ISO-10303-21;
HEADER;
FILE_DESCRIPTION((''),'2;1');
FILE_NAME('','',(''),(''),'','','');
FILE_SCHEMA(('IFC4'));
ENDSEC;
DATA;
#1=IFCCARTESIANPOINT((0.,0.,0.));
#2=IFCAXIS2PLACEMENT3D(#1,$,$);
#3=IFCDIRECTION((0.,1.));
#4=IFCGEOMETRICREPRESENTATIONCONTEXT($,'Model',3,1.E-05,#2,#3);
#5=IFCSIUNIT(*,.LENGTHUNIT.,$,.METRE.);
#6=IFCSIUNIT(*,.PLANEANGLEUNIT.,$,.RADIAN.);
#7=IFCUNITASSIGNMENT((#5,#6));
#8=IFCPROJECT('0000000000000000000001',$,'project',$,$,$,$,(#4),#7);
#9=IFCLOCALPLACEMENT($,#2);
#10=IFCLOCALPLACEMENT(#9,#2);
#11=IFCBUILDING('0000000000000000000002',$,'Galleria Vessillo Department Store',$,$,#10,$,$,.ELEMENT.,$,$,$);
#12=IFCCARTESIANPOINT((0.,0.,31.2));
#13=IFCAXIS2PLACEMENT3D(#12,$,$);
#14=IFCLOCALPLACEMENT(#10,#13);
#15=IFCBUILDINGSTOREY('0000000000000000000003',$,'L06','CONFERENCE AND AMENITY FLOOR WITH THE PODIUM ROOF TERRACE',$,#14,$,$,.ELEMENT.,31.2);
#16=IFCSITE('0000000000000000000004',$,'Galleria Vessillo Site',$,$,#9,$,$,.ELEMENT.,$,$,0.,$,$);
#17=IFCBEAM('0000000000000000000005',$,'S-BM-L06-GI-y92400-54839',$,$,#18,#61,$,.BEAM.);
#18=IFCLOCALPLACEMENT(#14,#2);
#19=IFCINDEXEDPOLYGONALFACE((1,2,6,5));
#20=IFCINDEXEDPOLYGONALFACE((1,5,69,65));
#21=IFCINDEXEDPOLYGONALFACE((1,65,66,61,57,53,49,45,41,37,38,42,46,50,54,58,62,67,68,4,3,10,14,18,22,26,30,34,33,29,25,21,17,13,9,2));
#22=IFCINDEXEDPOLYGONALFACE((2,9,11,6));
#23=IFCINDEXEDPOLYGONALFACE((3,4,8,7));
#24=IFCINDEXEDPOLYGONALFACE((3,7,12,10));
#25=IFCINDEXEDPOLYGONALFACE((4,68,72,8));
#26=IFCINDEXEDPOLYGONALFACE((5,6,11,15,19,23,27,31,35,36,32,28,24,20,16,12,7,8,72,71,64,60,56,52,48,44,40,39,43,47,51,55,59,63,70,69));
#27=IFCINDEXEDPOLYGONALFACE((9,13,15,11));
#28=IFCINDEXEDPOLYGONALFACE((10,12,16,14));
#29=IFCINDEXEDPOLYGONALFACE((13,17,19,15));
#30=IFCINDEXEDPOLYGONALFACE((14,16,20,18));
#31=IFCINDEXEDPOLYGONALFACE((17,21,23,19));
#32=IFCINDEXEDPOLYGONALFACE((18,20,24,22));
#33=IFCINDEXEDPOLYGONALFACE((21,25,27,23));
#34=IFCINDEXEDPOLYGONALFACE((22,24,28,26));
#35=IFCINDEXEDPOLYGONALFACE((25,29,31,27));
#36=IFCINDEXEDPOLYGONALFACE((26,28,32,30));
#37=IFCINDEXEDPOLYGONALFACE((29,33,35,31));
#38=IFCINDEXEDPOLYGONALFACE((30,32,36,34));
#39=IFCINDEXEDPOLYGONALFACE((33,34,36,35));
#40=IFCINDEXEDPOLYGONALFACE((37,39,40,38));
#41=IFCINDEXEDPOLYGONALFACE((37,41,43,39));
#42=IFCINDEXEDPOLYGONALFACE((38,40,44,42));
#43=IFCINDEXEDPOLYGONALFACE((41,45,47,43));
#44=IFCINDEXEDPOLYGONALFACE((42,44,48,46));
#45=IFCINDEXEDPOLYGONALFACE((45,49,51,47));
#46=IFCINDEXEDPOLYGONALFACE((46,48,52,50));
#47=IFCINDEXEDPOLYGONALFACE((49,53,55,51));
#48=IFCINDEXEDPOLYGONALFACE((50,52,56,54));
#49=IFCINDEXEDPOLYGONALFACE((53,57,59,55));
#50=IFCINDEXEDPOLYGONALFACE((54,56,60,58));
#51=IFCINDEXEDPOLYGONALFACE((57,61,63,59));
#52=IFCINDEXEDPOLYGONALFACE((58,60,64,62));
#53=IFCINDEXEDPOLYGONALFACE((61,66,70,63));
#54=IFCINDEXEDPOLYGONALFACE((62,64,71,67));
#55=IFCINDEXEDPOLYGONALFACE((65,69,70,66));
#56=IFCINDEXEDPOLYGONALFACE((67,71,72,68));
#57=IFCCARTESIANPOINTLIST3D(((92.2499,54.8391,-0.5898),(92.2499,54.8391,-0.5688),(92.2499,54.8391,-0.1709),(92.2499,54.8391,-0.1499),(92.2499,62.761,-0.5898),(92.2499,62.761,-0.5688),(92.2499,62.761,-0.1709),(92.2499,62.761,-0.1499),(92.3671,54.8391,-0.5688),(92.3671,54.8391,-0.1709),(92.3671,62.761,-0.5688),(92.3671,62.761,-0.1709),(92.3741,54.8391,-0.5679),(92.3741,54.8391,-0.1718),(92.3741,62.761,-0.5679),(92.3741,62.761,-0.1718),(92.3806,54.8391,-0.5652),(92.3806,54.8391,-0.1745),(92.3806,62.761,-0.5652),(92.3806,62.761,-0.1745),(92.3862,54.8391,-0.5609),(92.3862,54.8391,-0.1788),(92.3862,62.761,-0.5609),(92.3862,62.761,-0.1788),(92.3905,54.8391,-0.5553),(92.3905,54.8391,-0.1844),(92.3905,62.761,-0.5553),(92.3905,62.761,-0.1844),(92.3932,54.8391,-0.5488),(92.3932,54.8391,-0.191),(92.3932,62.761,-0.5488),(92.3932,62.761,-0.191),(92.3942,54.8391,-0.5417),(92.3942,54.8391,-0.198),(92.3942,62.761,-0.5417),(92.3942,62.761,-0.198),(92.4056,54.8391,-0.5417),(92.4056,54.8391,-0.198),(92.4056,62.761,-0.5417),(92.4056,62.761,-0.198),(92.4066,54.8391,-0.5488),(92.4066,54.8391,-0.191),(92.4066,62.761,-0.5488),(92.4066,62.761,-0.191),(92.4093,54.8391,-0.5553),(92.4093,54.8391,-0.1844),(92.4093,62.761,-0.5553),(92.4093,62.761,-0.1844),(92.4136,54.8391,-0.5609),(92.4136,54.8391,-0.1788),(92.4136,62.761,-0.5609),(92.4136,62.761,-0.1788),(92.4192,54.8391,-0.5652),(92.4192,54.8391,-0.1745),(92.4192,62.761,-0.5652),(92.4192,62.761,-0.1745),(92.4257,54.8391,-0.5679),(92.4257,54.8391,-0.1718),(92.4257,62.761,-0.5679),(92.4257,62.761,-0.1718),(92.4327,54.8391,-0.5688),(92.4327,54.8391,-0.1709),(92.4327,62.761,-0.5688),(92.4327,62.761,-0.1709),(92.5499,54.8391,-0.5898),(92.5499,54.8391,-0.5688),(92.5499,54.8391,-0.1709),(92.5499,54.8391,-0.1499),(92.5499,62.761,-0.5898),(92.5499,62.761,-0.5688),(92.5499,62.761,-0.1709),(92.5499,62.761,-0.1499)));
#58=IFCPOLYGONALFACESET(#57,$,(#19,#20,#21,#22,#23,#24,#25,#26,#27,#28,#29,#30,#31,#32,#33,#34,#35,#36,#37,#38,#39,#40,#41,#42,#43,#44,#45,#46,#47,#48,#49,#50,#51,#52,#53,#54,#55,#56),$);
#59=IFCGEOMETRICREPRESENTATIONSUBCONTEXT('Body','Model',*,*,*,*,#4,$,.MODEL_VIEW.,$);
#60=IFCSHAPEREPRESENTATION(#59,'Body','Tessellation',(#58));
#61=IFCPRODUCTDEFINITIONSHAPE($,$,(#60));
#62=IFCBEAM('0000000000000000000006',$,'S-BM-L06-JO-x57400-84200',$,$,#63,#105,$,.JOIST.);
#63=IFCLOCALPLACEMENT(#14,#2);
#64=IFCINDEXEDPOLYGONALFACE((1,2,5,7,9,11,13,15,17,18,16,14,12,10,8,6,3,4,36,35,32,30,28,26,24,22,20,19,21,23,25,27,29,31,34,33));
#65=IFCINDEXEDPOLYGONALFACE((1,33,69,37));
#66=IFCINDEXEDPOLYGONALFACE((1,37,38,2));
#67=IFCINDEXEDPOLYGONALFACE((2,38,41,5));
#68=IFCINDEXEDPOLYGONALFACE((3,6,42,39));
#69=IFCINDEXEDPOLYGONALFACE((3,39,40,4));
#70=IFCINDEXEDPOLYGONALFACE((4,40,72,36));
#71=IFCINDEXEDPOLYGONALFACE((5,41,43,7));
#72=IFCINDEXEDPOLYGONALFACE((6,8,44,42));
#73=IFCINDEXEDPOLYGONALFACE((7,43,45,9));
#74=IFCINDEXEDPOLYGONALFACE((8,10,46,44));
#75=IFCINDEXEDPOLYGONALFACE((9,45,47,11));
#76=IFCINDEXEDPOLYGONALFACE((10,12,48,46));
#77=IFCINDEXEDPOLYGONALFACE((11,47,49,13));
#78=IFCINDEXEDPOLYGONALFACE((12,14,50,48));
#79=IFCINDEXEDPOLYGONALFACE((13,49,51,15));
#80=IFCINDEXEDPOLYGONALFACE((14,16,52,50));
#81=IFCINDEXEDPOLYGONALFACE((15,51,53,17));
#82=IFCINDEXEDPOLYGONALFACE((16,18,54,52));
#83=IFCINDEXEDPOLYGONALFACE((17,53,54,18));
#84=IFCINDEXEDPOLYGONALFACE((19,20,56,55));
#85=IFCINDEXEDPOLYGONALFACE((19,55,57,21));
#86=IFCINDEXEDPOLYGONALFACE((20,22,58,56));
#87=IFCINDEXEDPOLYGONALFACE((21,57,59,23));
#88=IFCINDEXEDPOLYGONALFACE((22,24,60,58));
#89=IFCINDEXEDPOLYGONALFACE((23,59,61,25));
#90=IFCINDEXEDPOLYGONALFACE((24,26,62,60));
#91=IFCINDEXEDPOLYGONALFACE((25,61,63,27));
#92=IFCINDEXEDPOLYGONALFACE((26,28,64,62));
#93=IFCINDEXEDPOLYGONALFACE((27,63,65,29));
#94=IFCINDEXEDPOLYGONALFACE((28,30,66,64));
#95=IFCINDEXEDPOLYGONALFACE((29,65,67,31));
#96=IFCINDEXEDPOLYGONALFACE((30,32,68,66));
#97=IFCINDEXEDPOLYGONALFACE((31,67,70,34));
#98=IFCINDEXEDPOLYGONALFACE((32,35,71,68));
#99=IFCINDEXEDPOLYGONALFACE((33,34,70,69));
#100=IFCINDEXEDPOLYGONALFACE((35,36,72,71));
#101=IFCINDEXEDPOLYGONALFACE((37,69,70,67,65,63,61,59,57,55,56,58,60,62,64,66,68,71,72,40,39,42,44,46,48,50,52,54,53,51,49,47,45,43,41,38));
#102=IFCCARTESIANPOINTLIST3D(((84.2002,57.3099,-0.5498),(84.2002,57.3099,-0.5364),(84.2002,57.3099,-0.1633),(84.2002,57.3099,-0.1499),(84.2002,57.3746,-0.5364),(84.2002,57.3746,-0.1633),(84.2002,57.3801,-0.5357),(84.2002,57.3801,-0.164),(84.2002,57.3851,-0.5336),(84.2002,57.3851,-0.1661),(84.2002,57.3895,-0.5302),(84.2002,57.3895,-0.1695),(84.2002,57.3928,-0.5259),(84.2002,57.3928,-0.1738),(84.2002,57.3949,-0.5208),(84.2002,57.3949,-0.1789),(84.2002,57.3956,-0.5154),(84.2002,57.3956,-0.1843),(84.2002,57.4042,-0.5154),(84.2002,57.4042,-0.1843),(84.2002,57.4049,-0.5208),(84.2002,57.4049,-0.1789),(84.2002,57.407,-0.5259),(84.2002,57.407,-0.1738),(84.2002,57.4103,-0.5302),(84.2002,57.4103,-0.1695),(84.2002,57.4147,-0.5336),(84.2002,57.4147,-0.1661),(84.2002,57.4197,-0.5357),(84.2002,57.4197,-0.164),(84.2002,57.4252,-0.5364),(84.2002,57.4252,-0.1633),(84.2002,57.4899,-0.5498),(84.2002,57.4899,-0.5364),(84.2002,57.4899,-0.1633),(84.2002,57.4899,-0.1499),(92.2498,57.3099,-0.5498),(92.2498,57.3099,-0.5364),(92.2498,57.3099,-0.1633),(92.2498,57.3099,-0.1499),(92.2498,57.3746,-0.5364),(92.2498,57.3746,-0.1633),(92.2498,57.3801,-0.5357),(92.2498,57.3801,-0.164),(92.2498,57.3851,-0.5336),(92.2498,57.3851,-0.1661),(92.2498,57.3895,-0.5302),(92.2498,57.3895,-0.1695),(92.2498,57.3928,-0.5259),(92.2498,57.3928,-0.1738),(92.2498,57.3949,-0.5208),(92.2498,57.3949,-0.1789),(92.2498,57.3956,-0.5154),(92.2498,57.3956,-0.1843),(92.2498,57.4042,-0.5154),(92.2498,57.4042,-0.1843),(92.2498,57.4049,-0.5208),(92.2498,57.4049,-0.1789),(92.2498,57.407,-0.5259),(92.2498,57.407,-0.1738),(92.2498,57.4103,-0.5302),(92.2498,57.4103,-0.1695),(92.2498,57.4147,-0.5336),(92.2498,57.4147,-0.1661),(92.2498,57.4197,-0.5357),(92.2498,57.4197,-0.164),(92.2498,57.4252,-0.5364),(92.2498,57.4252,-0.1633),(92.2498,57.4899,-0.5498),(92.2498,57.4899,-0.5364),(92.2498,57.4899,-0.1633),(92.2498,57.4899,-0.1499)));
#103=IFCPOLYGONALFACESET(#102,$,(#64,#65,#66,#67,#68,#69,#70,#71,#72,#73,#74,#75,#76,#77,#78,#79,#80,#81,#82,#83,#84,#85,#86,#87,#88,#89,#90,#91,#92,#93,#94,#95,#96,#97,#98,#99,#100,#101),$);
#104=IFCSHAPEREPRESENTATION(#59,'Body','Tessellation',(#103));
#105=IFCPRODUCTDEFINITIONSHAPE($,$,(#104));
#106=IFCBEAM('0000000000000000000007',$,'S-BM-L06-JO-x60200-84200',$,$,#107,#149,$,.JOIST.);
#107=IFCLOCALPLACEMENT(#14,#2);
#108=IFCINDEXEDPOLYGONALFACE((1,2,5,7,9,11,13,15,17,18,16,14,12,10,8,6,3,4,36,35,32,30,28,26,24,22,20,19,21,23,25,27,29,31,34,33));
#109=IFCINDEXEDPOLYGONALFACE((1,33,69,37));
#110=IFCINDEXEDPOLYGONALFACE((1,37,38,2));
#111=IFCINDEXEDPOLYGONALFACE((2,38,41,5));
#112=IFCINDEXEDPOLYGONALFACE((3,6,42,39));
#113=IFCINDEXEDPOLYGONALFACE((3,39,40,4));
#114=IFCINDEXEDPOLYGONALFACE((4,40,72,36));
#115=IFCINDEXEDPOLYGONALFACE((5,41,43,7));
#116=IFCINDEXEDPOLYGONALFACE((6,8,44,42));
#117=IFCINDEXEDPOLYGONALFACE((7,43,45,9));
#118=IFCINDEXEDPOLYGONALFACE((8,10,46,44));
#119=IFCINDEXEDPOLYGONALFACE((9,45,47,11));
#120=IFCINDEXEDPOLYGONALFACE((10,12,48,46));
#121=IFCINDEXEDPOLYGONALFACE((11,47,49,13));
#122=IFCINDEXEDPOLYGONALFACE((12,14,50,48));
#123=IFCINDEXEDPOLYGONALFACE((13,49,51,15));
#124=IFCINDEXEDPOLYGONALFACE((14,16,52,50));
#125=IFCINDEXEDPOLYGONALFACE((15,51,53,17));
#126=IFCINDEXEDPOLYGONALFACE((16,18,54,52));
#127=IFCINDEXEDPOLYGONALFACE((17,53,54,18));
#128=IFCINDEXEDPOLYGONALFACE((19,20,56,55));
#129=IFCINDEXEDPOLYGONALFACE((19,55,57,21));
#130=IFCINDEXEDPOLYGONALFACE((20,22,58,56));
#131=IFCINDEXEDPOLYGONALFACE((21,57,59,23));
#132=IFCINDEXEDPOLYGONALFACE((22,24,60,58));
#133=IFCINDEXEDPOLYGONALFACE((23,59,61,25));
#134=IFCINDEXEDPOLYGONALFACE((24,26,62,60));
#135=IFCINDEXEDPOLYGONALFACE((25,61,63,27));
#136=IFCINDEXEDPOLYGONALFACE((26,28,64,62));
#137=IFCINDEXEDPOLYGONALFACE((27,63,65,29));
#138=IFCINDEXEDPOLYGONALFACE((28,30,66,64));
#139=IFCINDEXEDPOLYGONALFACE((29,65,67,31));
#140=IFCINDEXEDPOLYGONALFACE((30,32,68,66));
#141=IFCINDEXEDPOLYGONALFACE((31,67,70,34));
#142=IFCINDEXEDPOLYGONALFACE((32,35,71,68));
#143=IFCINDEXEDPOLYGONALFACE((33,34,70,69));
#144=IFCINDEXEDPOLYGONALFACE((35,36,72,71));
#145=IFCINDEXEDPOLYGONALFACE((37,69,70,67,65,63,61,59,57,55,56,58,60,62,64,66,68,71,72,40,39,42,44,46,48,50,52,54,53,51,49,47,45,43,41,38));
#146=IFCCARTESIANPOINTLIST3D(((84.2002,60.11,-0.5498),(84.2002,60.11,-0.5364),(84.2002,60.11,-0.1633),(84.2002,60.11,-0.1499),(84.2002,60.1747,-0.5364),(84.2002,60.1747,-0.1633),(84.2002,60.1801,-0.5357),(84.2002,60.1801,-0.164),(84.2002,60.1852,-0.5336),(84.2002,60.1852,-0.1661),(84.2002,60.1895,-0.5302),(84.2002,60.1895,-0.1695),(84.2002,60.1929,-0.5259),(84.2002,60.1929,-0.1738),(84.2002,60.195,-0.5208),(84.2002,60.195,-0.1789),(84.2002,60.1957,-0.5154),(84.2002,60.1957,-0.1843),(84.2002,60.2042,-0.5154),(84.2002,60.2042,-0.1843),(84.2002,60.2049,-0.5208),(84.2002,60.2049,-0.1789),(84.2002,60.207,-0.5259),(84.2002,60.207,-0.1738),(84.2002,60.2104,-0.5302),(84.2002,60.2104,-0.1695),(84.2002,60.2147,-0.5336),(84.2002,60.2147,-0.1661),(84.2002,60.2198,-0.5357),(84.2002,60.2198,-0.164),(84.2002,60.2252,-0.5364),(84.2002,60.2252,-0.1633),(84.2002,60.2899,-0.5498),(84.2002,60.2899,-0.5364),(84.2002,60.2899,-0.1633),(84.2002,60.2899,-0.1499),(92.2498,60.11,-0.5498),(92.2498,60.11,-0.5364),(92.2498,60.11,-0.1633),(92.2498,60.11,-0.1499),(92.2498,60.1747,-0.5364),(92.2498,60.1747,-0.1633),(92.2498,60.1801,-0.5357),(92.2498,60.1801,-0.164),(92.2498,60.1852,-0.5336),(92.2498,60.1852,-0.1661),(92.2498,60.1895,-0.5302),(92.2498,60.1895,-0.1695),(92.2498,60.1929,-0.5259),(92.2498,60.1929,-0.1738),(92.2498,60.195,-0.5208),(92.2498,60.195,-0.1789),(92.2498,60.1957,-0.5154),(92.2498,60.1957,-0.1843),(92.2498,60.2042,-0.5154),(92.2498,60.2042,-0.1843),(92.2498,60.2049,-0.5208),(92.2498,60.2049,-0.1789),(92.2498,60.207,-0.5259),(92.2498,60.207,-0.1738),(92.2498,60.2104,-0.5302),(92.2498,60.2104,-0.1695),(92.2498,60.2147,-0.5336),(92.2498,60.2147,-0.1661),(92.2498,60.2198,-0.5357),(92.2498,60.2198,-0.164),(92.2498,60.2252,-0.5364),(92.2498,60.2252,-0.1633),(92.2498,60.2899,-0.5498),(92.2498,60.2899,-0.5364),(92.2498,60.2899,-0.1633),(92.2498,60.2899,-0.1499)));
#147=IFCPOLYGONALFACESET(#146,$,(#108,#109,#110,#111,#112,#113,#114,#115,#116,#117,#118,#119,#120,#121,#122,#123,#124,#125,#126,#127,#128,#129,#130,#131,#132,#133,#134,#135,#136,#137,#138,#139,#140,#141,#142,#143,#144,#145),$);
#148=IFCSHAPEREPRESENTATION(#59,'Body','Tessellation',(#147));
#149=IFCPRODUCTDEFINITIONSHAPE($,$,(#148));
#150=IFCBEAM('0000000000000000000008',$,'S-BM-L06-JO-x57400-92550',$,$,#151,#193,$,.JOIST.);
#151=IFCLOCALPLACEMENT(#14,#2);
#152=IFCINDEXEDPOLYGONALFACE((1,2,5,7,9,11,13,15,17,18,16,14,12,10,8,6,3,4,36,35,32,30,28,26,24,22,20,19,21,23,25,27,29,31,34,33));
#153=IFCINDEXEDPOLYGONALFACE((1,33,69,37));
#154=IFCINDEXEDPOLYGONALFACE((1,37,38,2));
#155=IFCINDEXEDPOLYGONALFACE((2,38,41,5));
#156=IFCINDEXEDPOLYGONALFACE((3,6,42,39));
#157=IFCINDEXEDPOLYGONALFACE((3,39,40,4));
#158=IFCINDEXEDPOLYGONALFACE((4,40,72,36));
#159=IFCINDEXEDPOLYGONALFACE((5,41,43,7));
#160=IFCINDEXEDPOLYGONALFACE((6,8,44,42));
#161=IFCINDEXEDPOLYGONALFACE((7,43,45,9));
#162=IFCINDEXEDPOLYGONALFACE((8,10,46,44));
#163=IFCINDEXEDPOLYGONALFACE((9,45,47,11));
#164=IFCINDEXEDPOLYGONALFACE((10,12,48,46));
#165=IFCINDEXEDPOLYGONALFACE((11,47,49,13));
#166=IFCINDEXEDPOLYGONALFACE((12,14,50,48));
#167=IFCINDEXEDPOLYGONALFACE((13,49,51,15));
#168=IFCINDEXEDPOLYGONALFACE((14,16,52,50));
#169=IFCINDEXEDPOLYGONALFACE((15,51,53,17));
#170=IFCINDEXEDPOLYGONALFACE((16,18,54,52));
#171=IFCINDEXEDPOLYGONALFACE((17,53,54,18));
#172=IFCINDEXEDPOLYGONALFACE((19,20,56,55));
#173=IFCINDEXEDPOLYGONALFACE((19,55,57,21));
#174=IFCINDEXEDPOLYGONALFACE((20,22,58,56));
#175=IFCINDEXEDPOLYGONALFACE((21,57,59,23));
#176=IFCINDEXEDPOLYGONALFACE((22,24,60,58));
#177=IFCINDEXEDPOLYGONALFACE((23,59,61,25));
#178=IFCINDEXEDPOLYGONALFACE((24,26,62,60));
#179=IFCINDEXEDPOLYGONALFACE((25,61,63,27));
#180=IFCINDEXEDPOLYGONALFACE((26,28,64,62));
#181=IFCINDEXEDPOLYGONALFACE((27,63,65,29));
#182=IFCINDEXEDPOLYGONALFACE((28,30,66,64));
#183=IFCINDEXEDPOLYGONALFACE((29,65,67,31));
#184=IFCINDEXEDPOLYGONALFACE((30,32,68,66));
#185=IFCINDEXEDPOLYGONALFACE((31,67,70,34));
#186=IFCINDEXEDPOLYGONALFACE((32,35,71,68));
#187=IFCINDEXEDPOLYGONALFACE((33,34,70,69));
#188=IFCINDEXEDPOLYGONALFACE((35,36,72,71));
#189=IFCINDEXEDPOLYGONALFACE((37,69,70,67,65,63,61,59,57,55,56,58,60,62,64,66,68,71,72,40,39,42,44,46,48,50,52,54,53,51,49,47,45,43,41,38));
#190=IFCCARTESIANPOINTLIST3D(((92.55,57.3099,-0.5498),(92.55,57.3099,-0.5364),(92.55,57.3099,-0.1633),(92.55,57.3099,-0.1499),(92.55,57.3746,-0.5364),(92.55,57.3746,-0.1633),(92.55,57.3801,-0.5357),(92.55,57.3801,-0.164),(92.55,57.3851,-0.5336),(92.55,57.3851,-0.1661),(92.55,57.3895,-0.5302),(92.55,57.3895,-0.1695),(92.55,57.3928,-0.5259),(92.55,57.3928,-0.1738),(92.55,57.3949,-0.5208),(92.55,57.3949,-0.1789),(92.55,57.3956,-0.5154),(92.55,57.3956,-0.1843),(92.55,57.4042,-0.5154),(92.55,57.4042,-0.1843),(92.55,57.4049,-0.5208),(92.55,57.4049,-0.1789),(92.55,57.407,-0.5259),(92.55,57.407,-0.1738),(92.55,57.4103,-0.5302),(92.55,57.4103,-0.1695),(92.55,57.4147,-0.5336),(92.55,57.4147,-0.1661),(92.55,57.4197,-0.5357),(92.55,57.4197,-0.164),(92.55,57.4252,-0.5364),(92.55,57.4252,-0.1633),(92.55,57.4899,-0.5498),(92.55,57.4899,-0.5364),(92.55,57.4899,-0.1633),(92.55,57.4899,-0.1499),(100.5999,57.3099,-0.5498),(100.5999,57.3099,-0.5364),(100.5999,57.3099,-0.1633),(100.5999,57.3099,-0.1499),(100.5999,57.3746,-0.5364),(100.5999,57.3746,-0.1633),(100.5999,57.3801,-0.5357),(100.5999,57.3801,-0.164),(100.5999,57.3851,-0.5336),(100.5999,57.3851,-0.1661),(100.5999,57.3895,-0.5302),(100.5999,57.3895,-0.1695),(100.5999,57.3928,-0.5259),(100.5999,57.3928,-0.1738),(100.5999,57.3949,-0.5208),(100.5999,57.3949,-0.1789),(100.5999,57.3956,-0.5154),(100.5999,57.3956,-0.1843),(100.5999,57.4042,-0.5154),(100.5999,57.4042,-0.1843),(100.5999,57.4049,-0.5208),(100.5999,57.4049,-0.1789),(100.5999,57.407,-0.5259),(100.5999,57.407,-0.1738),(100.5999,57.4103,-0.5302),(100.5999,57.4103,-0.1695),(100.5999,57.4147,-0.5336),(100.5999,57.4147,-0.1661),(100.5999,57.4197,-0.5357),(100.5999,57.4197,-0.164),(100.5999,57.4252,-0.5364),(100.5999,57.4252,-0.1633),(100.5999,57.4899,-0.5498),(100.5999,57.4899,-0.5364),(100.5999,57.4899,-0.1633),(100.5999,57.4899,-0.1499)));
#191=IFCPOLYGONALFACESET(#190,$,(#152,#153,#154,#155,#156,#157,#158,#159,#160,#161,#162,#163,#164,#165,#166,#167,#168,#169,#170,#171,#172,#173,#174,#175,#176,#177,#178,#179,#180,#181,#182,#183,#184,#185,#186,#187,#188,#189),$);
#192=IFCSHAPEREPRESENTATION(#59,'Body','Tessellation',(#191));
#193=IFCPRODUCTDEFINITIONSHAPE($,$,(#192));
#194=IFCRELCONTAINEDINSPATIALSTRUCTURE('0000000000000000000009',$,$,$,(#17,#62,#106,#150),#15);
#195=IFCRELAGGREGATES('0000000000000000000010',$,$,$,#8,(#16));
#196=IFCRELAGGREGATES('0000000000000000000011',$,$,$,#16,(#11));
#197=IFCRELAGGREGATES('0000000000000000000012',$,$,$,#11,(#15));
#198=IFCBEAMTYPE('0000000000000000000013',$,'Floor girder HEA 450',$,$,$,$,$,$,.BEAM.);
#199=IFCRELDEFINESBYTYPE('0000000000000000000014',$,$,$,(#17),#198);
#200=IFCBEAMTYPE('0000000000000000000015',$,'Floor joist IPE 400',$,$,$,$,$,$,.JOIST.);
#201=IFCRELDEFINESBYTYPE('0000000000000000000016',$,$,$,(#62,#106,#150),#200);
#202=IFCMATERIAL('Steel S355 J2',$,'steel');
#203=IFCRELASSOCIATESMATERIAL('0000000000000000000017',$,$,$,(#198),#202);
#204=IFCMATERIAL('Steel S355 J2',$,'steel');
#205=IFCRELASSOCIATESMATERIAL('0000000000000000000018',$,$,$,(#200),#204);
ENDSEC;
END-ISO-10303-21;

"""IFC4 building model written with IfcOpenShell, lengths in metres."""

from ifc_helpers import new_model, si_unit, direction, frame, origin, origin_2d, place, context, subcontext, project, spatial, i_section, extrude, material, material_profile, profile_set, type_object, element, save


model = new_model("IFC4")

# Units and contexts
model_context = context("Model", 3, precision=1e-05, world=origin(), true_north=direction((0.0, 1.0)))
body_context = subcontext(model_context, "Body", "Model", "MODEL_VIEW")
ifc_project = project(units=[si_unit("LENGTHUNIT", "METRE"), si_unit("PLANEANGLEUNIT", "RADIAN")], contexts=[model_context])

# Site, building, storey
site_placement = place(None, origin())
site = spatial("IfcSite", under=ifc_project, at=site_placement, Name="Galleria Vessillo Site", CompositionType="ELEMENT", RefElevation=0.0)
building_placement = place(site_placement, origin())
building = spatial("IfcBuilding", under=site, at=building_placement, Name="Galleria Vessillo Department Store", CompositionType="ELEMENT")
storey_placement = place(building_placement, frame((0.0, 0.0, 31.2)))
storey = spatial("IfcBuildingStorey", under=building, at=storey_placement, Name="L06", Description="CONFERENCE AND AMENITY FLOOR WITH THE PODIUM ROOF TERRACE", CompositionType="ELEMENT", Elevation=31.2)

# Beams
ifc_material_1 = material(Name="Steel S355 J2", Category="steel")
ifc_material_profile_1 = material_profile(ifc_material_1, i_section(OverallWidth=0.3, OverallDepth=0.4399, WebThickness=0.0115, FlangeThickness=0.021, FilletRadius=0.0271, at=origin_2d()), Name="HEA 450")
ifc_profile_set_1 = profile_set([ifc_material_profile_1], Name="Steel S355 J2")
beam_type_1 = type_object("IfcBeamType", Name="Floor girder HEA 450", PredefinedType="BEAM", material=ifc_profile_set_1)
beam_placement = place(storey_placement, frame((92.3999, 54.8391, -0.3699), z_axis=(0.0, 1.0, 0.0), x_axis=(-1.0, 0.0, 0.0)))
element("IfcBeam", 1, at=beam_placement, inside=storey, type_object=beam_type_1, Name="S-BM-L06-GI-y92400-54839", PredefinedType="BEAM", context=body_context, shape_type="SweptSolid", body=[
    extrude(i_section(OverallWidth=0.3, OverallDepth=0.4399, WebThickness=0.0115, FlangeThickness=0.021, FilletRadius=0.0271, at=origin_2d()), origin(), (0.0, 0.0, 1.0), 7.9219),
])
ifc_material_2 = material(Name="Steel S355 J2", Category="steel")
ifc_material_profile_2 = material_profile(ifc_material_2, i_section(OverallWidth=0.1799, OverallDepth=0.3999, WebThickness=0.0085, FlangeThickness=0.0134, FilletRadius=0.021, at=origin_2d()), Name="IPE 400")
ifc_profile_set_2 = profile_set([ifc_material_profile_2], Name="Steel S355 J2")
beam_type_2 = type_object("IfcBeamType", Name="Floor joist IPE 400", PredefinedType="JOIST", material=ifc_profile_set_2)
for number, where, z_axis, x_axis, name in (
    (2, (84.2002, 57.3999, -0.3499), (1.0, 0.0, 0.0), (0.0, 1.0, 0.0), "S-BM-L06-JO-x57400-84200"),
    (3, (84.2002, 60.2, -0.3499), (1.0, 0.0, 0.0), (0.0, 1.0, 0.0), "S-BM-L06-JO-x60200-84200"),
):
    element("IfcBeam", number, at=place(storey_placement, frame(where, z_axis=z_axis, x_axis=x_axis)), inside=storey, type_object=beam_type_2, Name=name, PredefinedType="JOIST", context=body_context, shape_type="SweptSolid", body=[
        extrude(i_section(OverallWidth=0.1799, OverallDepth=0.3999, WebThickness=0.0085, FlangeThickness=0.0134, FilletRadius=0.021, at=origin_2d()), origin(), (0.0, 0.0, 1.0), 8.0496),
    ])
for number, where, z_axis, x_axis, name in (
    (4, (92.55, 57.3999, -0.3499), (1.0, 0.0, 0.0), (0.0, 1.0, 0.0), "S-BM-L06-JO-x57400-92550"),
):
    element("IfcBeam", number, at=place(storey_placement, frame(where, z_axis=z_axis, x_axis=x_axis)), inside=storey, type_object=beam_type_2, Name=name, PredefinedType="JOIST", context=body_context, shape_type="SweptSolid", body=[
        extrude(i_section(OverallWidth=0.1799, OverallDepth=0.3999, WebThickness=0.0085, FlangeThickness=0.0134, FilletRadius=0.021, at=origin_2d()), origin(), (0.0, 0.0, 1.0), 8.0498),
    ])

save(model, "model.ifc")
